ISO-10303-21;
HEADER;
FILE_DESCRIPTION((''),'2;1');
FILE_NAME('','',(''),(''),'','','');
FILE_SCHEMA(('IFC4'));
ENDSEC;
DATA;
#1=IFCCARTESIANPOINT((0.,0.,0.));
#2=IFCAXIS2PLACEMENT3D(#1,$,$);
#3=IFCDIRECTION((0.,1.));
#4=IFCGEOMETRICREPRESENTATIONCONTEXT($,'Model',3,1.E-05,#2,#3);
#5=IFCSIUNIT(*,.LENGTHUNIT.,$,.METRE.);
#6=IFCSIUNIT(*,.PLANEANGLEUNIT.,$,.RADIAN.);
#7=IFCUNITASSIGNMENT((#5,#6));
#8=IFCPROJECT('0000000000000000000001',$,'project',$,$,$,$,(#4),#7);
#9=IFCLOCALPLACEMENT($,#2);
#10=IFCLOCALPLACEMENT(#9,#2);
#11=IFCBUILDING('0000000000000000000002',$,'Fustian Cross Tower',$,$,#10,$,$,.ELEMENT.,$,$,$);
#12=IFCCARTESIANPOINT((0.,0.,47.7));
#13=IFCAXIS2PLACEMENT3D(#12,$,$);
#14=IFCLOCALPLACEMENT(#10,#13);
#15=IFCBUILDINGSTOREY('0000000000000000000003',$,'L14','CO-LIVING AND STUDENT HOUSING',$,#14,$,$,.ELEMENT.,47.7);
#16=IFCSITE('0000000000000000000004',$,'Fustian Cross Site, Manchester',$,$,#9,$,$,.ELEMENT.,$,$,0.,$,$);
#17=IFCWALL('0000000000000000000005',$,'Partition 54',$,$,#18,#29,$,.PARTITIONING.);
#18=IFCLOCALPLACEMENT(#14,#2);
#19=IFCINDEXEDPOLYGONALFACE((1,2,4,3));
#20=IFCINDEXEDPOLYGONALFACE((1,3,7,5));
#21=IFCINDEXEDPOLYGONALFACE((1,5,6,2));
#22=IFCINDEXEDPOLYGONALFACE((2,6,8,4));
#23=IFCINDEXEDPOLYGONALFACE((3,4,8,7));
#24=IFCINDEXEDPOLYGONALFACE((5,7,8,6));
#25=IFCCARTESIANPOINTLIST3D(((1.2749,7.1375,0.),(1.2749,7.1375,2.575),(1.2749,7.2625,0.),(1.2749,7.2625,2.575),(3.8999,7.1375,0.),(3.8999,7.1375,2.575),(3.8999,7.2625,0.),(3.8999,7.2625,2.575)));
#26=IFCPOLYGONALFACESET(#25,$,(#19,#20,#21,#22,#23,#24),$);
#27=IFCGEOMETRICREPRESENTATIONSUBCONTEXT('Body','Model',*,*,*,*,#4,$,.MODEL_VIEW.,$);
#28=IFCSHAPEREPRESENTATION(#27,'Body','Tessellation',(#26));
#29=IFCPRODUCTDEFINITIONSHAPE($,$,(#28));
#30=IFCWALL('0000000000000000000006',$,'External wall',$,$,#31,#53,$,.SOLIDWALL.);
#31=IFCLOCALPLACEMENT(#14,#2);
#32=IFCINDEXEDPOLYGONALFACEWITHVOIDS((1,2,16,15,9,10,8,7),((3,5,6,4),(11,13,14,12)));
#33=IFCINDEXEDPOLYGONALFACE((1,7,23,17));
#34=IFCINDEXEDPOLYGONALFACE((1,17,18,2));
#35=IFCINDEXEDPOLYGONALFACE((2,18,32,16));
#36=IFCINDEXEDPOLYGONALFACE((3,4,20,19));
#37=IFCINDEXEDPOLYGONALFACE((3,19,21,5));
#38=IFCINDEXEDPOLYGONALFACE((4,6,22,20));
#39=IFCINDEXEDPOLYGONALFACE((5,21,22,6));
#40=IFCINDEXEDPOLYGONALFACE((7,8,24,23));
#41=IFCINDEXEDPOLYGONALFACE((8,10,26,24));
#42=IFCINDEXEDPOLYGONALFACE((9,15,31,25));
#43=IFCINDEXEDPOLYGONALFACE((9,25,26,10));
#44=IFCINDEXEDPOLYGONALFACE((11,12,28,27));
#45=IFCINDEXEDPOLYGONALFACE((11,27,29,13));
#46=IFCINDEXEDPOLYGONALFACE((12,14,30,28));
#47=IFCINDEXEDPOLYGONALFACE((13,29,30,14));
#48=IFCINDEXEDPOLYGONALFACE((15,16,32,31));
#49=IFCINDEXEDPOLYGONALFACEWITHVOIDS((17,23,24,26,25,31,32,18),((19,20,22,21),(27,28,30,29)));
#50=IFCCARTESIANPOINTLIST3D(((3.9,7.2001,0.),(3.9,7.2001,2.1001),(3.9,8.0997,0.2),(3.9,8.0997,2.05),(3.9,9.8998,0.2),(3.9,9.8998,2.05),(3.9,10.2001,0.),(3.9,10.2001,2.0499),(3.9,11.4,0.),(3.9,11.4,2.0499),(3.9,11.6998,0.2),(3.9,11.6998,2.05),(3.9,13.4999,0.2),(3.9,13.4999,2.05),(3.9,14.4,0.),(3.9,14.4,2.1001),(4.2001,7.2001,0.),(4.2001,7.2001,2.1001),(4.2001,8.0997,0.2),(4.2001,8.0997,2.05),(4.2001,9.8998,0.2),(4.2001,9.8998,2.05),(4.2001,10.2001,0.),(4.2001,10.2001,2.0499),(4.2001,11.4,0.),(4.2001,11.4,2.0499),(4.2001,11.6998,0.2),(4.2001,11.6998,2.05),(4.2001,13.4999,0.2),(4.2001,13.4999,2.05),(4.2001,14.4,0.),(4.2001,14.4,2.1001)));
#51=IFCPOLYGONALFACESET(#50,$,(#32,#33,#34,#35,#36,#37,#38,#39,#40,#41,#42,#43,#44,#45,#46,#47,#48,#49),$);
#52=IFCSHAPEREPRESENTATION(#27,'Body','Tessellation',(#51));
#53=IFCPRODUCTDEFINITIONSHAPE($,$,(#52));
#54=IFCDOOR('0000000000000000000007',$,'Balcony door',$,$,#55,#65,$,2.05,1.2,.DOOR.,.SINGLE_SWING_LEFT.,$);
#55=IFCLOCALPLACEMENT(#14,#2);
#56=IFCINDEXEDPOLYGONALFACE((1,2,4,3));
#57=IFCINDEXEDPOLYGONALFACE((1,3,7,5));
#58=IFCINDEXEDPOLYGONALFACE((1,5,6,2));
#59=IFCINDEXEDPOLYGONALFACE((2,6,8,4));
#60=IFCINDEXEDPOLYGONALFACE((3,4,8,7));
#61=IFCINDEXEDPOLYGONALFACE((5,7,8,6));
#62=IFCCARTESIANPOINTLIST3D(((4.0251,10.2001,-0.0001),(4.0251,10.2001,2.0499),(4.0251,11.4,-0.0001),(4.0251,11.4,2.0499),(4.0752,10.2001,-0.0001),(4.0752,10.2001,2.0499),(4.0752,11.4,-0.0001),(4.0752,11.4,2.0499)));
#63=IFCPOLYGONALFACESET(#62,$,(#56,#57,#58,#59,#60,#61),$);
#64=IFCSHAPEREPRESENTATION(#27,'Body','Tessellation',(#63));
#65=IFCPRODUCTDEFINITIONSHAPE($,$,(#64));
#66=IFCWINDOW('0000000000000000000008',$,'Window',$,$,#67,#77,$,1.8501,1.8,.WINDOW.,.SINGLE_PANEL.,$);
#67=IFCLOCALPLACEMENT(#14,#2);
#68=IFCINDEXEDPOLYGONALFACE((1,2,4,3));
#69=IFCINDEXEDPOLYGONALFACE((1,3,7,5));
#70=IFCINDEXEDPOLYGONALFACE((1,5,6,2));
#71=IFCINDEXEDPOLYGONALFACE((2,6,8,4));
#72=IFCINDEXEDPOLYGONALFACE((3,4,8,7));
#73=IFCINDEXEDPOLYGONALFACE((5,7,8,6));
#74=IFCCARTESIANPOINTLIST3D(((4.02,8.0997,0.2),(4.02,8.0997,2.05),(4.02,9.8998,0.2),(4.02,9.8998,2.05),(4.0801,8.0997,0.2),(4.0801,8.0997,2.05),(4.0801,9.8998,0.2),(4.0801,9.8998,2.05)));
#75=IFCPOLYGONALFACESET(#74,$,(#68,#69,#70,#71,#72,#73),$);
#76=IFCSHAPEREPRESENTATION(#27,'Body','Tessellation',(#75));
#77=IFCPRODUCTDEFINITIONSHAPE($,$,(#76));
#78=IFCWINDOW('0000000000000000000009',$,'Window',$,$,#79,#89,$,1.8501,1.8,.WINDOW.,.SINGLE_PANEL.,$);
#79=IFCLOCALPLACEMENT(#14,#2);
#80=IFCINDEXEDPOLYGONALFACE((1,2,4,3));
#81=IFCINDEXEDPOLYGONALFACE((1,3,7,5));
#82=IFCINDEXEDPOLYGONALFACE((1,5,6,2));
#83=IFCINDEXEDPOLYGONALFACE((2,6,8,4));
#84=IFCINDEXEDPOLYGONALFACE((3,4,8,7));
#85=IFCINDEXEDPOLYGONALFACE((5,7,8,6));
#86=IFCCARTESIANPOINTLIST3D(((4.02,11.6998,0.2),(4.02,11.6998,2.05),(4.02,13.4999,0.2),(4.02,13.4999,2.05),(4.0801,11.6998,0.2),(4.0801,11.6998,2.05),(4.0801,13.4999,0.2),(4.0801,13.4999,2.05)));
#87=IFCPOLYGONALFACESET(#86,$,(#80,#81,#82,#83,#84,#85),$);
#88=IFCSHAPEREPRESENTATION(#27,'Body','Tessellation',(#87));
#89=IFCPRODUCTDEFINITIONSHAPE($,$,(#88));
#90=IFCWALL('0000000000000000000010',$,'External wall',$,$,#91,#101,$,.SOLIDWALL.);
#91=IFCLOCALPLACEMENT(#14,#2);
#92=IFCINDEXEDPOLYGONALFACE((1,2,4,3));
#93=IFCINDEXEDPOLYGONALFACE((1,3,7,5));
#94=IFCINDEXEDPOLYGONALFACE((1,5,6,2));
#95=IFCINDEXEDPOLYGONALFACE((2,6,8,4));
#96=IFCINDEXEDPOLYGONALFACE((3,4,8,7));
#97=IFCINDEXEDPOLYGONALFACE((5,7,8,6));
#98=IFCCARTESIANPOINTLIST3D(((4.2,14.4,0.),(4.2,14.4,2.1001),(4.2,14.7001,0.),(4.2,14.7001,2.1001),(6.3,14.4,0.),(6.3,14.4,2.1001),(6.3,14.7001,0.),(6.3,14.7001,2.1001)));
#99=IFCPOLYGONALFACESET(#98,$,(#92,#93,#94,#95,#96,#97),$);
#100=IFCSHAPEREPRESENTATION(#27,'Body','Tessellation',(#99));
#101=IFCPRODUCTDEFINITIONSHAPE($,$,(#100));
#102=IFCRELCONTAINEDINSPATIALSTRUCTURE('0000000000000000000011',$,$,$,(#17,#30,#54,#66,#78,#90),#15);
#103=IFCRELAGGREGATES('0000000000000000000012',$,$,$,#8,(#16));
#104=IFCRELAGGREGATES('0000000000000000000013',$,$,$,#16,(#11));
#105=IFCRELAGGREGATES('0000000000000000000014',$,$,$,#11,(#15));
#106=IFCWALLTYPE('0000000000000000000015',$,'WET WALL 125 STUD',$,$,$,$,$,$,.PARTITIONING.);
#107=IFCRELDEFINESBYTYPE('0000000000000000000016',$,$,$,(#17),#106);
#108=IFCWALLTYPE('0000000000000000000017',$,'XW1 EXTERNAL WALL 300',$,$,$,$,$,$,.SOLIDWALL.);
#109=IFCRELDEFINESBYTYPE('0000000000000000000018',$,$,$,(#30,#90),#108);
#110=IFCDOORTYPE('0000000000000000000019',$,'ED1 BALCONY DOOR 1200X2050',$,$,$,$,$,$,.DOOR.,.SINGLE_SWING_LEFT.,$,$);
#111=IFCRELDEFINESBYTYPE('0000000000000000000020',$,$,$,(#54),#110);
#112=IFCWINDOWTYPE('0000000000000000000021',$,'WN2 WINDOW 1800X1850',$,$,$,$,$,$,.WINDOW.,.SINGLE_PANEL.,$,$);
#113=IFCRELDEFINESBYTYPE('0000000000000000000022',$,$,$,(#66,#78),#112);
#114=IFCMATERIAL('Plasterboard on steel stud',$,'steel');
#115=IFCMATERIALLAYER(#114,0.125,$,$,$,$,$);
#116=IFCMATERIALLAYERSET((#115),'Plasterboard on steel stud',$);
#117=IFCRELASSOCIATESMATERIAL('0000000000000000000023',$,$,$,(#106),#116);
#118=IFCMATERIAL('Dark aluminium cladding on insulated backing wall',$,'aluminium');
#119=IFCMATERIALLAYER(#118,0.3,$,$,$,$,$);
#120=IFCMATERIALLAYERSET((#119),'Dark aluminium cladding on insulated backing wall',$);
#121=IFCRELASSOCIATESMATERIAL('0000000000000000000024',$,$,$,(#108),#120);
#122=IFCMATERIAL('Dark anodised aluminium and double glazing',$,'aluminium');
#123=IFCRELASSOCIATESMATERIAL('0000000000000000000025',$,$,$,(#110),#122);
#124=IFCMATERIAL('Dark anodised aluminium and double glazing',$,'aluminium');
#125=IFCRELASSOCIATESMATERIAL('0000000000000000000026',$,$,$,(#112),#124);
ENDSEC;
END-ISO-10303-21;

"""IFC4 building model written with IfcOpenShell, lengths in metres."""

from ifc_helpers import new_model, si_unit, direction, frame, frame_2d, origin, place, context, subcontext, project, spatial, rectangle, extrude, material, layer, layer_set, type_object, element, fill, save


model = new_model("IFC4")

# Units and contexts
model_context = context("Model", 3, precision=1e-05, world=origin(), true_north=direction((0.0, 1.0)))
body_context = subcontext(model_context, "Body", "Model", "MODEL_VIEW")
ifc_project = project(units=[si_unit("LENGTHUNIT", "METRE"), si_unit("PLANEANGLEUNIT", "RADIAN")], contexts=[model_context])

# Site, building, storey
site_placement = place(None, origin())
site = spatial("IfcSite", under=ifc_project, at=site_placement, Name="Fustian Cross Site, Manchester", CompositionType="ELEMENT", RefElevation=0.0)
building_placement = place(site_placement, origin())
building = spatial("IfcBuilding", under=site, at=building_placement, Name="Fustian Cross Tower", CompositionType="ELEMENT")
storey_placement = place(building_placement, frame((0.0, 0.0, 47.7)))
storey = spatial("IfcBuildingStorey", under=building, at=storey_placement, Name="L14", Description="CO-LIVING AND STUDENT HOUSING", CompositionType="ELEMENT", Elevation=47.7)

# Wall
ifc_material_1 = material(Name="Plasterboard on steel stud", Category="steel")
ifc_layer_1 = layer(ifc_material_1, 0.125)
ifc_layer_set_1 = layer_set([ifc_layer_1], Name="Plasterboard on steel stud")
wall_type_1 = type_object("IfcWallType", Name="WET WALL 125 STUD", PredefinedType="PARTITIONING", material=ifc_layer_set_1)
wall_1_placement = place(storey_placement, frame((1.2749, 7.2, 0.0), z_axis=(0.0, 0.0, 1.0), x_axis=(1.0, 0.0, 0.0)))
element("IfcWall", 1, at=wall_1_placement, inside=storey, type_object=wall_type_1, Name="Partition 54", PredefinedType="PARTITIONING", context=body_context, shape_type="SweptSolid", body=[
    extrude(rectangle(XDim=2.625, YDim=0.125, at=frame_2d((1.3125, 0.0))), origin(), (0.0, 0.0, 1.0), 2.575),
])

# Wall, openings, door, windows
ifc_material_2 = material(Name="Dark aluminium cladding on insulated backing wall", Category="aluminium")
ifc_layer_2 = layer(ifc_material_2, 0.3)
ifc_layer_set_2 = layer_set([ifc_layer_2], Name="Dark aluminium cladding on insulated backing wall")
wall_type_2 = type_object("IfcWallType", Name="XW1 EXTERNAL WALL 300", PredefinedType="SOLIDWALL", material=ifc_layer_set_2)
wall_2_placement = place(storey_placement, frame((4.05, 7.2, 0.0), z_axis=(0.0, 0.0, 1.0), x_axis=(0.0, 1.0, 0.0)))
wall_2 = element("IfcWall", 2, at=wall_2_placement, inside=storey, type_object=wall_type_2, Name="External wall", PredefinedType="SOLIDWALL", context=body_context, shape_type="SweptSolid", body=[
    extrude(rectangle(XDim=7.2, YDim=0.3, at=frame_2d((3.6001, 0.0))), origin(), (0.0, 0.0, 1.0), 2.1001),
])
opening_1_placement = place(wall_2_placement, frame((3.0, 0.0, 0.0)))
opening_1 = element("IfcOpeningElement", 3, at=opening_1_placement, cuts=wall_2, PredefinedType="OPENING", context=body_context, shape_type="SweptSolid", body=[
    extrude(rectangle(XDim=1.2, YDim=2.05, at=frame_2d((0.6001, 1.0249))), frame((0.0, 0.1599, 0.0), z_axis=(0.0, -1.0, 0.0), x_axis=(1.0, 0.0, 0.0)), (0.0, 0.0, 1.0), 0.3201),
])
opening_2_placement = place(wall_2_placement, frame((0.8999, 0.0, 0.2)))
opening_2 = element("IfcOpeningElement", 4, at=opening_2_placement, cuts=wall_2, PredefinedType="OPENING", context=body_context, shape_type="SweptSolid", body=[
    extrude(rectangle(XDim=1.8, YDim=1.8501, at=frame_2d((0.8999, 0.925))), frame((0.0, 0.1599, 0.0), z_axis=(0.0, -1.0, 0.0), x_axis=(1.0, 0.0, 0.0)), (0.0, 0.0, 1.0), 0.3201),
])
opening_3_placement = place(wall_2_placement, frame((4.5, 0.0, 0.2)))
opening_3 = element("IfcOpeningElement", 5, at=opening_3_placement, cuts=wall_2, PredefinedType="OPENING", context=body_context, shape_type="SweptSolid", body=[
    extrude(rectangle(XDim=1.8, YDim=1.8501, at=frame_2d((0.8999, 0.925))), frame((0.0, 0.1599, 0.0), z_axis=(0.0, -1.0, 0.0), x_axis=(1.0, 0.0, 0.0)), (0.0, 0.0, 1.0), 0.3201),
])
ifc_material_3 = material(Name="Dark anodised aluminium and double glazing", Category="aluminium")
door_type_1 = type_object("IfcDoorType", Name="ED1 BALCONY DOOR 1200X2050", OperationType="SINGLE_SWING_LEFT", PredefinedType="DOOR", material=ifc_material_3)
door_1_placement = place(opening_1_placement, origin())
door_1 = element("IfcDoor", 6, at=door_1_placement, inside=storey, type_object=door_type_1, Name="Balcony door", OperationType="SINGLE_SWING_LEFT", OverallHeight=2.05, OverallWidth=1.2, PredefinedType="DOOR", context=body_context, shape_type="SweptSolid", body=[
    extrude(rectangle(XDim=1.2, YDim=2.05, at=frame_2d((0.6001, 1.0249))), frame((0.0, 0.0249, 0.0), z_axis=(0.0, -1.0, 0.0), x_axis=(1.0, 0.0, 0.0)), (0.0, 0.0, 1.0), 0.05),
])
fill(opening_1, door_1)
ifc_material_4 = material(Name="Dark anodised aluminium and double glazing", Category="aluminium")
window_type = type_object("IfcWindowType", Name="WN2 WINDOW 1800X1850", PartitioningType="SINGLE_PANEL", PredefinedType="WINDOW", material=ifc_material_4)
window_1_placement = place(opening_2_placement, origin())
window_1 = element("IfcWindow", 7, at=window_1_placement, inside=storey, type_object=window_type, Name="Window", OverallHeight=1.8501, OverallWidth=1.8, PartitioningType="SINGLE_PANEL", PredefinedType="WINDOW", context=body_context, shape_type="SweptSolid", body=[
    extrude(rectangle(XDim=1.8, YDim=1.8501, at=frame_2d((0.8999, 0.925))), frame((0.0, 0.03, 0.0), z_axis=(0.0, -1.0, 0.0), x_axis=(1.0, 0.0, 0.0)), (0.0, 0.0, 1.0), 0.0601),
])
fill(opening_2, window_1)
window_2_placement = place(opening_3_placement, origin())
window_2 = element("IfcWindow", 8, at=window_2_placement, inside=storey, type_object=window_type, Name="Window", OverallHeight=1.8501, OverallWidth=1.8, PartitioningType="SINGLE_PANEL", PredefinedType="WINDOW", context=body_context, shape_type="SweptSolid", body=[
    extrude(rectangle(XDim=1.8, YDim=1.8501, at=frame_2d((0.8999, 0.925))), frame((0.0, 0.03, 0.0), z_axis=(0.0, -1.0, 0.0), x_axis=(1.0, 0.0, 0.0)), (0.0, 0.0, 1.0), 0.0601),
])
fill(opening_3, window_2)

# Wall
wall_3_placement = place(storey_placement, frame((4.2, 14.55, 0.0), z_axis=(0.0, 0.0, 1.0), x_axis=(1.0, 0.0, 0.0)))
element("IfcWall", 9, at=wall_3_placement, inside=storey, type_object=wall_type_2, Name="External wall", PredefinedType="SOLIDWALL", context=body_context, shape_type="SweptSolid", body=[
    extrude(rectangle(XDim=2.1001, YDim=0.3, at=frame_2d((1.05, 0.0))), origin(), (0.0, 0.0, 1.0), 2.1001),
])

save(model, "model.ifc")
